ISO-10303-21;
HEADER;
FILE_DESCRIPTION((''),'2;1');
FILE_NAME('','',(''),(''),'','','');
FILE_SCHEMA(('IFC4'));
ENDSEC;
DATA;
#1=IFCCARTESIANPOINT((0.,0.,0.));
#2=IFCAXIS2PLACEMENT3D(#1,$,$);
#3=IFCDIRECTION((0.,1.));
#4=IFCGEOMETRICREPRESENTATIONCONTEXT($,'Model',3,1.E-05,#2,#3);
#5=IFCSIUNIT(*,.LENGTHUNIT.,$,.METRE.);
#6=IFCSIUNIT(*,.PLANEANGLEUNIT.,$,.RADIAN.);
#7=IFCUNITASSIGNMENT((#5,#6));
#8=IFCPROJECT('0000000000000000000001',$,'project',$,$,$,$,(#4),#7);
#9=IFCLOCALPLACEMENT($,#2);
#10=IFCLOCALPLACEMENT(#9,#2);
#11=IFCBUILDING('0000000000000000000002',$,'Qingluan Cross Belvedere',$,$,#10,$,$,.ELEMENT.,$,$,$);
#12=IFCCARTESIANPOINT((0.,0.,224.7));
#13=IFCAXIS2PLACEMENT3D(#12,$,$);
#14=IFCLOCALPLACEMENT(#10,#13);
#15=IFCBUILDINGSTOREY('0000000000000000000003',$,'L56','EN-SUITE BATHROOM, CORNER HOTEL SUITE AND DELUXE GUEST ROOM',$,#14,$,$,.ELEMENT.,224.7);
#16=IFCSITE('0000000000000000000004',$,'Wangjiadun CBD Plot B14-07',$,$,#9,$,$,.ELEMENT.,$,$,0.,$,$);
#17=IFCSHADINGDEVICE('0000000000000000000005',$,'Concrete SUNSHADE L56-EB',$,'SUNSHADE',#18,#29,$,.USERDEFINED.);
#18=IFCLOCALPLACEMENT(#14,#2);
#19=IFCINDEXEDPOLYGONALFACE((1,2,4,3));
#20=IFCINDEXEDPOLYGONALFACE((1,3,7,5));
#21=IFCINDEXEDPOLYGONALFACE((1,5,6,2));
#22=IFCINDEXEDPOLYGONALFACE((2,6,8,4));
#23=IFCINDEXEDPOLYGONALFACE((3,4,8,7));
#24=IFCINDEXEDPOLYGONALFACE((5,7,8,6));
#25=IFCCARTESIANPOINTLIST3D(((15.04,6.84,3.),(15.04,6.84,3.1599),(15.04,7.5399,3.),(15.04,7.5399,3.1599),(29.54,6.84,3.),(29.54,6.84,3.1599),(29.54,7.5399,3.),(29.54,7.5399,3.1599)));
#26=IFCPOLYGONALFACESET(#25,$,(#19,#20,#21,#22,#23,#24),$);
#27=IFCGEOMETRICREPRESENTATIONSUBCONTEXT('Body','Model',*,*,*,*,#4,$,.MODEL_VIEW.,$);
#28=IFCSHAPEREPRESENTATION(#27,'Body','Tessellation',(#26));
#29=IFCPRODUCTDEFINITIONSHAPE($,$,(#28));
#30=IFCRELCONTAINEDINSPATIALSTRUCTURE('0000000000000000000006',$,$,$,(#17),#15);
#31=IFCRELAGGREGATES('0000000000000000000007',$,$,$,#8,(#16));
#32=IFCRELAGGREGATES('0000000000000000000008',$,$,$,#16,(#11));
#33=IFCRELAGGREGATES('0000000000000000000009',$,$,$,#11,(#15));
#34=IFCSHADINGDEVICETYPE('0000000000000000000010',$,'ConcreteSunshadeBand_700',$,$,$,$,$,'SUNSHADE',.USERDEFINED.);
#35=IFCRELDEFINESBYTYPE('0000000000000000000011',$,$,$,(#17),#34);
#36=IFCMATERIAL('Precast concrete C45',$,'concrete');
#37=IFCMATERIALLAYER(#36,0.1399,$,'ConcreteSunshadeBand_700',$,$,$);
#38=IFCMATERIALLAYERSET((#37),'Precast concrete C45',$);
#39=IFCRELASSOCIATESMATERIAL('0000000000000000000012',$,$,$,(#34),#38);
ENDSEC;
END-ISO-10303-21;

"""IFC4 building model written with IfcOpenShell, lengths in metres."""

from ifc_helpers import new_model, si_unit, direction, frame, origin, origin_2d, place, context, subcontext, project, spatial, rectangle, extrude, material, layer, layer_set, type_object, element, save


model = new_model("IFC4")

# Units and contexts
model_context = context("Model", 3, precision=1e-05, world=origin(), true_north=direction((0.0, 1.0)))
body_context = subcontext(model_context, "Body", "Model", "MODEL_VIEW")
ifc_project = project(units=[si_unit("LENGTHUNIT", "METRE"), si_unit("PLANEANGLEUNIT", "RADIAN")], contexts=[model_context])

# Site, building, storey
site_placement = place(None, origin())
site = spatial("IfcSite", under=ifc_project, at=site_placement, Name="Wangjiadun CBD Plot B14-07", CompositionType="ELEMENT", RefElevation=0.0)
building_placement = place(site_placement, origin())
building = spatial("IfcBuilding", under=site, at=building_placement, Name="Qingluan Cross Belvedere", CompositionType="ELEMENT")
storey_placement = place(building_placement, frame((0.0, 0.0, 224.7)))
storey = spatial("IfcBuildingStorey", under=building, at=storey_placement, Name="L56", Description="EN-SUITE BATHROOM, CORNER HOTEL SUITE AND DELUXE GUEST ROOM", CompositionType="ELEMENT", Elevation=224.7)

# Shading device
ifc_material_1 = material(Name="Precast concrete C45", Category="concrete")
ifc_layer_1 = layer(ifc_material_1, 0.1399, Name="ConcreteSunshadeBand_700")
ifc_layer_set_1 = layer_set([ifc_layer_1], Name="Precast concrete C45")
shading_device_type = type_object("IfcShadingDeviceType", Name="ConcreteSunshadeBand_700", ElementType="SUNSHADE", PredefinedType="USERDEFINED", material=ifc_layer_set_1)
shading_device_placement = place(storey_placement, frame((22.29, 7.1899, 3.0), z_axis=(0.0, 0.0, 1.0), x_axis=(-1.0, 0.0, 0.0)))
element("IfcShadingDevice", 1, at=shading_device_placement, inside=storey, type_object=shading_device_type, Name="Concrete SUNSHADE L56-EB", ObjectType="SUNSHADE", PredefinedType="USERDEFINED", context=body_context, shape_type="SweptSolid", body=[
    extrude(rectangle(XDim=14.5, YDim=0.7, at=origin_2d()), origin(), (0.0, 0.0, 1.0), 0.1599),
])

save(model, "model.ifc")
